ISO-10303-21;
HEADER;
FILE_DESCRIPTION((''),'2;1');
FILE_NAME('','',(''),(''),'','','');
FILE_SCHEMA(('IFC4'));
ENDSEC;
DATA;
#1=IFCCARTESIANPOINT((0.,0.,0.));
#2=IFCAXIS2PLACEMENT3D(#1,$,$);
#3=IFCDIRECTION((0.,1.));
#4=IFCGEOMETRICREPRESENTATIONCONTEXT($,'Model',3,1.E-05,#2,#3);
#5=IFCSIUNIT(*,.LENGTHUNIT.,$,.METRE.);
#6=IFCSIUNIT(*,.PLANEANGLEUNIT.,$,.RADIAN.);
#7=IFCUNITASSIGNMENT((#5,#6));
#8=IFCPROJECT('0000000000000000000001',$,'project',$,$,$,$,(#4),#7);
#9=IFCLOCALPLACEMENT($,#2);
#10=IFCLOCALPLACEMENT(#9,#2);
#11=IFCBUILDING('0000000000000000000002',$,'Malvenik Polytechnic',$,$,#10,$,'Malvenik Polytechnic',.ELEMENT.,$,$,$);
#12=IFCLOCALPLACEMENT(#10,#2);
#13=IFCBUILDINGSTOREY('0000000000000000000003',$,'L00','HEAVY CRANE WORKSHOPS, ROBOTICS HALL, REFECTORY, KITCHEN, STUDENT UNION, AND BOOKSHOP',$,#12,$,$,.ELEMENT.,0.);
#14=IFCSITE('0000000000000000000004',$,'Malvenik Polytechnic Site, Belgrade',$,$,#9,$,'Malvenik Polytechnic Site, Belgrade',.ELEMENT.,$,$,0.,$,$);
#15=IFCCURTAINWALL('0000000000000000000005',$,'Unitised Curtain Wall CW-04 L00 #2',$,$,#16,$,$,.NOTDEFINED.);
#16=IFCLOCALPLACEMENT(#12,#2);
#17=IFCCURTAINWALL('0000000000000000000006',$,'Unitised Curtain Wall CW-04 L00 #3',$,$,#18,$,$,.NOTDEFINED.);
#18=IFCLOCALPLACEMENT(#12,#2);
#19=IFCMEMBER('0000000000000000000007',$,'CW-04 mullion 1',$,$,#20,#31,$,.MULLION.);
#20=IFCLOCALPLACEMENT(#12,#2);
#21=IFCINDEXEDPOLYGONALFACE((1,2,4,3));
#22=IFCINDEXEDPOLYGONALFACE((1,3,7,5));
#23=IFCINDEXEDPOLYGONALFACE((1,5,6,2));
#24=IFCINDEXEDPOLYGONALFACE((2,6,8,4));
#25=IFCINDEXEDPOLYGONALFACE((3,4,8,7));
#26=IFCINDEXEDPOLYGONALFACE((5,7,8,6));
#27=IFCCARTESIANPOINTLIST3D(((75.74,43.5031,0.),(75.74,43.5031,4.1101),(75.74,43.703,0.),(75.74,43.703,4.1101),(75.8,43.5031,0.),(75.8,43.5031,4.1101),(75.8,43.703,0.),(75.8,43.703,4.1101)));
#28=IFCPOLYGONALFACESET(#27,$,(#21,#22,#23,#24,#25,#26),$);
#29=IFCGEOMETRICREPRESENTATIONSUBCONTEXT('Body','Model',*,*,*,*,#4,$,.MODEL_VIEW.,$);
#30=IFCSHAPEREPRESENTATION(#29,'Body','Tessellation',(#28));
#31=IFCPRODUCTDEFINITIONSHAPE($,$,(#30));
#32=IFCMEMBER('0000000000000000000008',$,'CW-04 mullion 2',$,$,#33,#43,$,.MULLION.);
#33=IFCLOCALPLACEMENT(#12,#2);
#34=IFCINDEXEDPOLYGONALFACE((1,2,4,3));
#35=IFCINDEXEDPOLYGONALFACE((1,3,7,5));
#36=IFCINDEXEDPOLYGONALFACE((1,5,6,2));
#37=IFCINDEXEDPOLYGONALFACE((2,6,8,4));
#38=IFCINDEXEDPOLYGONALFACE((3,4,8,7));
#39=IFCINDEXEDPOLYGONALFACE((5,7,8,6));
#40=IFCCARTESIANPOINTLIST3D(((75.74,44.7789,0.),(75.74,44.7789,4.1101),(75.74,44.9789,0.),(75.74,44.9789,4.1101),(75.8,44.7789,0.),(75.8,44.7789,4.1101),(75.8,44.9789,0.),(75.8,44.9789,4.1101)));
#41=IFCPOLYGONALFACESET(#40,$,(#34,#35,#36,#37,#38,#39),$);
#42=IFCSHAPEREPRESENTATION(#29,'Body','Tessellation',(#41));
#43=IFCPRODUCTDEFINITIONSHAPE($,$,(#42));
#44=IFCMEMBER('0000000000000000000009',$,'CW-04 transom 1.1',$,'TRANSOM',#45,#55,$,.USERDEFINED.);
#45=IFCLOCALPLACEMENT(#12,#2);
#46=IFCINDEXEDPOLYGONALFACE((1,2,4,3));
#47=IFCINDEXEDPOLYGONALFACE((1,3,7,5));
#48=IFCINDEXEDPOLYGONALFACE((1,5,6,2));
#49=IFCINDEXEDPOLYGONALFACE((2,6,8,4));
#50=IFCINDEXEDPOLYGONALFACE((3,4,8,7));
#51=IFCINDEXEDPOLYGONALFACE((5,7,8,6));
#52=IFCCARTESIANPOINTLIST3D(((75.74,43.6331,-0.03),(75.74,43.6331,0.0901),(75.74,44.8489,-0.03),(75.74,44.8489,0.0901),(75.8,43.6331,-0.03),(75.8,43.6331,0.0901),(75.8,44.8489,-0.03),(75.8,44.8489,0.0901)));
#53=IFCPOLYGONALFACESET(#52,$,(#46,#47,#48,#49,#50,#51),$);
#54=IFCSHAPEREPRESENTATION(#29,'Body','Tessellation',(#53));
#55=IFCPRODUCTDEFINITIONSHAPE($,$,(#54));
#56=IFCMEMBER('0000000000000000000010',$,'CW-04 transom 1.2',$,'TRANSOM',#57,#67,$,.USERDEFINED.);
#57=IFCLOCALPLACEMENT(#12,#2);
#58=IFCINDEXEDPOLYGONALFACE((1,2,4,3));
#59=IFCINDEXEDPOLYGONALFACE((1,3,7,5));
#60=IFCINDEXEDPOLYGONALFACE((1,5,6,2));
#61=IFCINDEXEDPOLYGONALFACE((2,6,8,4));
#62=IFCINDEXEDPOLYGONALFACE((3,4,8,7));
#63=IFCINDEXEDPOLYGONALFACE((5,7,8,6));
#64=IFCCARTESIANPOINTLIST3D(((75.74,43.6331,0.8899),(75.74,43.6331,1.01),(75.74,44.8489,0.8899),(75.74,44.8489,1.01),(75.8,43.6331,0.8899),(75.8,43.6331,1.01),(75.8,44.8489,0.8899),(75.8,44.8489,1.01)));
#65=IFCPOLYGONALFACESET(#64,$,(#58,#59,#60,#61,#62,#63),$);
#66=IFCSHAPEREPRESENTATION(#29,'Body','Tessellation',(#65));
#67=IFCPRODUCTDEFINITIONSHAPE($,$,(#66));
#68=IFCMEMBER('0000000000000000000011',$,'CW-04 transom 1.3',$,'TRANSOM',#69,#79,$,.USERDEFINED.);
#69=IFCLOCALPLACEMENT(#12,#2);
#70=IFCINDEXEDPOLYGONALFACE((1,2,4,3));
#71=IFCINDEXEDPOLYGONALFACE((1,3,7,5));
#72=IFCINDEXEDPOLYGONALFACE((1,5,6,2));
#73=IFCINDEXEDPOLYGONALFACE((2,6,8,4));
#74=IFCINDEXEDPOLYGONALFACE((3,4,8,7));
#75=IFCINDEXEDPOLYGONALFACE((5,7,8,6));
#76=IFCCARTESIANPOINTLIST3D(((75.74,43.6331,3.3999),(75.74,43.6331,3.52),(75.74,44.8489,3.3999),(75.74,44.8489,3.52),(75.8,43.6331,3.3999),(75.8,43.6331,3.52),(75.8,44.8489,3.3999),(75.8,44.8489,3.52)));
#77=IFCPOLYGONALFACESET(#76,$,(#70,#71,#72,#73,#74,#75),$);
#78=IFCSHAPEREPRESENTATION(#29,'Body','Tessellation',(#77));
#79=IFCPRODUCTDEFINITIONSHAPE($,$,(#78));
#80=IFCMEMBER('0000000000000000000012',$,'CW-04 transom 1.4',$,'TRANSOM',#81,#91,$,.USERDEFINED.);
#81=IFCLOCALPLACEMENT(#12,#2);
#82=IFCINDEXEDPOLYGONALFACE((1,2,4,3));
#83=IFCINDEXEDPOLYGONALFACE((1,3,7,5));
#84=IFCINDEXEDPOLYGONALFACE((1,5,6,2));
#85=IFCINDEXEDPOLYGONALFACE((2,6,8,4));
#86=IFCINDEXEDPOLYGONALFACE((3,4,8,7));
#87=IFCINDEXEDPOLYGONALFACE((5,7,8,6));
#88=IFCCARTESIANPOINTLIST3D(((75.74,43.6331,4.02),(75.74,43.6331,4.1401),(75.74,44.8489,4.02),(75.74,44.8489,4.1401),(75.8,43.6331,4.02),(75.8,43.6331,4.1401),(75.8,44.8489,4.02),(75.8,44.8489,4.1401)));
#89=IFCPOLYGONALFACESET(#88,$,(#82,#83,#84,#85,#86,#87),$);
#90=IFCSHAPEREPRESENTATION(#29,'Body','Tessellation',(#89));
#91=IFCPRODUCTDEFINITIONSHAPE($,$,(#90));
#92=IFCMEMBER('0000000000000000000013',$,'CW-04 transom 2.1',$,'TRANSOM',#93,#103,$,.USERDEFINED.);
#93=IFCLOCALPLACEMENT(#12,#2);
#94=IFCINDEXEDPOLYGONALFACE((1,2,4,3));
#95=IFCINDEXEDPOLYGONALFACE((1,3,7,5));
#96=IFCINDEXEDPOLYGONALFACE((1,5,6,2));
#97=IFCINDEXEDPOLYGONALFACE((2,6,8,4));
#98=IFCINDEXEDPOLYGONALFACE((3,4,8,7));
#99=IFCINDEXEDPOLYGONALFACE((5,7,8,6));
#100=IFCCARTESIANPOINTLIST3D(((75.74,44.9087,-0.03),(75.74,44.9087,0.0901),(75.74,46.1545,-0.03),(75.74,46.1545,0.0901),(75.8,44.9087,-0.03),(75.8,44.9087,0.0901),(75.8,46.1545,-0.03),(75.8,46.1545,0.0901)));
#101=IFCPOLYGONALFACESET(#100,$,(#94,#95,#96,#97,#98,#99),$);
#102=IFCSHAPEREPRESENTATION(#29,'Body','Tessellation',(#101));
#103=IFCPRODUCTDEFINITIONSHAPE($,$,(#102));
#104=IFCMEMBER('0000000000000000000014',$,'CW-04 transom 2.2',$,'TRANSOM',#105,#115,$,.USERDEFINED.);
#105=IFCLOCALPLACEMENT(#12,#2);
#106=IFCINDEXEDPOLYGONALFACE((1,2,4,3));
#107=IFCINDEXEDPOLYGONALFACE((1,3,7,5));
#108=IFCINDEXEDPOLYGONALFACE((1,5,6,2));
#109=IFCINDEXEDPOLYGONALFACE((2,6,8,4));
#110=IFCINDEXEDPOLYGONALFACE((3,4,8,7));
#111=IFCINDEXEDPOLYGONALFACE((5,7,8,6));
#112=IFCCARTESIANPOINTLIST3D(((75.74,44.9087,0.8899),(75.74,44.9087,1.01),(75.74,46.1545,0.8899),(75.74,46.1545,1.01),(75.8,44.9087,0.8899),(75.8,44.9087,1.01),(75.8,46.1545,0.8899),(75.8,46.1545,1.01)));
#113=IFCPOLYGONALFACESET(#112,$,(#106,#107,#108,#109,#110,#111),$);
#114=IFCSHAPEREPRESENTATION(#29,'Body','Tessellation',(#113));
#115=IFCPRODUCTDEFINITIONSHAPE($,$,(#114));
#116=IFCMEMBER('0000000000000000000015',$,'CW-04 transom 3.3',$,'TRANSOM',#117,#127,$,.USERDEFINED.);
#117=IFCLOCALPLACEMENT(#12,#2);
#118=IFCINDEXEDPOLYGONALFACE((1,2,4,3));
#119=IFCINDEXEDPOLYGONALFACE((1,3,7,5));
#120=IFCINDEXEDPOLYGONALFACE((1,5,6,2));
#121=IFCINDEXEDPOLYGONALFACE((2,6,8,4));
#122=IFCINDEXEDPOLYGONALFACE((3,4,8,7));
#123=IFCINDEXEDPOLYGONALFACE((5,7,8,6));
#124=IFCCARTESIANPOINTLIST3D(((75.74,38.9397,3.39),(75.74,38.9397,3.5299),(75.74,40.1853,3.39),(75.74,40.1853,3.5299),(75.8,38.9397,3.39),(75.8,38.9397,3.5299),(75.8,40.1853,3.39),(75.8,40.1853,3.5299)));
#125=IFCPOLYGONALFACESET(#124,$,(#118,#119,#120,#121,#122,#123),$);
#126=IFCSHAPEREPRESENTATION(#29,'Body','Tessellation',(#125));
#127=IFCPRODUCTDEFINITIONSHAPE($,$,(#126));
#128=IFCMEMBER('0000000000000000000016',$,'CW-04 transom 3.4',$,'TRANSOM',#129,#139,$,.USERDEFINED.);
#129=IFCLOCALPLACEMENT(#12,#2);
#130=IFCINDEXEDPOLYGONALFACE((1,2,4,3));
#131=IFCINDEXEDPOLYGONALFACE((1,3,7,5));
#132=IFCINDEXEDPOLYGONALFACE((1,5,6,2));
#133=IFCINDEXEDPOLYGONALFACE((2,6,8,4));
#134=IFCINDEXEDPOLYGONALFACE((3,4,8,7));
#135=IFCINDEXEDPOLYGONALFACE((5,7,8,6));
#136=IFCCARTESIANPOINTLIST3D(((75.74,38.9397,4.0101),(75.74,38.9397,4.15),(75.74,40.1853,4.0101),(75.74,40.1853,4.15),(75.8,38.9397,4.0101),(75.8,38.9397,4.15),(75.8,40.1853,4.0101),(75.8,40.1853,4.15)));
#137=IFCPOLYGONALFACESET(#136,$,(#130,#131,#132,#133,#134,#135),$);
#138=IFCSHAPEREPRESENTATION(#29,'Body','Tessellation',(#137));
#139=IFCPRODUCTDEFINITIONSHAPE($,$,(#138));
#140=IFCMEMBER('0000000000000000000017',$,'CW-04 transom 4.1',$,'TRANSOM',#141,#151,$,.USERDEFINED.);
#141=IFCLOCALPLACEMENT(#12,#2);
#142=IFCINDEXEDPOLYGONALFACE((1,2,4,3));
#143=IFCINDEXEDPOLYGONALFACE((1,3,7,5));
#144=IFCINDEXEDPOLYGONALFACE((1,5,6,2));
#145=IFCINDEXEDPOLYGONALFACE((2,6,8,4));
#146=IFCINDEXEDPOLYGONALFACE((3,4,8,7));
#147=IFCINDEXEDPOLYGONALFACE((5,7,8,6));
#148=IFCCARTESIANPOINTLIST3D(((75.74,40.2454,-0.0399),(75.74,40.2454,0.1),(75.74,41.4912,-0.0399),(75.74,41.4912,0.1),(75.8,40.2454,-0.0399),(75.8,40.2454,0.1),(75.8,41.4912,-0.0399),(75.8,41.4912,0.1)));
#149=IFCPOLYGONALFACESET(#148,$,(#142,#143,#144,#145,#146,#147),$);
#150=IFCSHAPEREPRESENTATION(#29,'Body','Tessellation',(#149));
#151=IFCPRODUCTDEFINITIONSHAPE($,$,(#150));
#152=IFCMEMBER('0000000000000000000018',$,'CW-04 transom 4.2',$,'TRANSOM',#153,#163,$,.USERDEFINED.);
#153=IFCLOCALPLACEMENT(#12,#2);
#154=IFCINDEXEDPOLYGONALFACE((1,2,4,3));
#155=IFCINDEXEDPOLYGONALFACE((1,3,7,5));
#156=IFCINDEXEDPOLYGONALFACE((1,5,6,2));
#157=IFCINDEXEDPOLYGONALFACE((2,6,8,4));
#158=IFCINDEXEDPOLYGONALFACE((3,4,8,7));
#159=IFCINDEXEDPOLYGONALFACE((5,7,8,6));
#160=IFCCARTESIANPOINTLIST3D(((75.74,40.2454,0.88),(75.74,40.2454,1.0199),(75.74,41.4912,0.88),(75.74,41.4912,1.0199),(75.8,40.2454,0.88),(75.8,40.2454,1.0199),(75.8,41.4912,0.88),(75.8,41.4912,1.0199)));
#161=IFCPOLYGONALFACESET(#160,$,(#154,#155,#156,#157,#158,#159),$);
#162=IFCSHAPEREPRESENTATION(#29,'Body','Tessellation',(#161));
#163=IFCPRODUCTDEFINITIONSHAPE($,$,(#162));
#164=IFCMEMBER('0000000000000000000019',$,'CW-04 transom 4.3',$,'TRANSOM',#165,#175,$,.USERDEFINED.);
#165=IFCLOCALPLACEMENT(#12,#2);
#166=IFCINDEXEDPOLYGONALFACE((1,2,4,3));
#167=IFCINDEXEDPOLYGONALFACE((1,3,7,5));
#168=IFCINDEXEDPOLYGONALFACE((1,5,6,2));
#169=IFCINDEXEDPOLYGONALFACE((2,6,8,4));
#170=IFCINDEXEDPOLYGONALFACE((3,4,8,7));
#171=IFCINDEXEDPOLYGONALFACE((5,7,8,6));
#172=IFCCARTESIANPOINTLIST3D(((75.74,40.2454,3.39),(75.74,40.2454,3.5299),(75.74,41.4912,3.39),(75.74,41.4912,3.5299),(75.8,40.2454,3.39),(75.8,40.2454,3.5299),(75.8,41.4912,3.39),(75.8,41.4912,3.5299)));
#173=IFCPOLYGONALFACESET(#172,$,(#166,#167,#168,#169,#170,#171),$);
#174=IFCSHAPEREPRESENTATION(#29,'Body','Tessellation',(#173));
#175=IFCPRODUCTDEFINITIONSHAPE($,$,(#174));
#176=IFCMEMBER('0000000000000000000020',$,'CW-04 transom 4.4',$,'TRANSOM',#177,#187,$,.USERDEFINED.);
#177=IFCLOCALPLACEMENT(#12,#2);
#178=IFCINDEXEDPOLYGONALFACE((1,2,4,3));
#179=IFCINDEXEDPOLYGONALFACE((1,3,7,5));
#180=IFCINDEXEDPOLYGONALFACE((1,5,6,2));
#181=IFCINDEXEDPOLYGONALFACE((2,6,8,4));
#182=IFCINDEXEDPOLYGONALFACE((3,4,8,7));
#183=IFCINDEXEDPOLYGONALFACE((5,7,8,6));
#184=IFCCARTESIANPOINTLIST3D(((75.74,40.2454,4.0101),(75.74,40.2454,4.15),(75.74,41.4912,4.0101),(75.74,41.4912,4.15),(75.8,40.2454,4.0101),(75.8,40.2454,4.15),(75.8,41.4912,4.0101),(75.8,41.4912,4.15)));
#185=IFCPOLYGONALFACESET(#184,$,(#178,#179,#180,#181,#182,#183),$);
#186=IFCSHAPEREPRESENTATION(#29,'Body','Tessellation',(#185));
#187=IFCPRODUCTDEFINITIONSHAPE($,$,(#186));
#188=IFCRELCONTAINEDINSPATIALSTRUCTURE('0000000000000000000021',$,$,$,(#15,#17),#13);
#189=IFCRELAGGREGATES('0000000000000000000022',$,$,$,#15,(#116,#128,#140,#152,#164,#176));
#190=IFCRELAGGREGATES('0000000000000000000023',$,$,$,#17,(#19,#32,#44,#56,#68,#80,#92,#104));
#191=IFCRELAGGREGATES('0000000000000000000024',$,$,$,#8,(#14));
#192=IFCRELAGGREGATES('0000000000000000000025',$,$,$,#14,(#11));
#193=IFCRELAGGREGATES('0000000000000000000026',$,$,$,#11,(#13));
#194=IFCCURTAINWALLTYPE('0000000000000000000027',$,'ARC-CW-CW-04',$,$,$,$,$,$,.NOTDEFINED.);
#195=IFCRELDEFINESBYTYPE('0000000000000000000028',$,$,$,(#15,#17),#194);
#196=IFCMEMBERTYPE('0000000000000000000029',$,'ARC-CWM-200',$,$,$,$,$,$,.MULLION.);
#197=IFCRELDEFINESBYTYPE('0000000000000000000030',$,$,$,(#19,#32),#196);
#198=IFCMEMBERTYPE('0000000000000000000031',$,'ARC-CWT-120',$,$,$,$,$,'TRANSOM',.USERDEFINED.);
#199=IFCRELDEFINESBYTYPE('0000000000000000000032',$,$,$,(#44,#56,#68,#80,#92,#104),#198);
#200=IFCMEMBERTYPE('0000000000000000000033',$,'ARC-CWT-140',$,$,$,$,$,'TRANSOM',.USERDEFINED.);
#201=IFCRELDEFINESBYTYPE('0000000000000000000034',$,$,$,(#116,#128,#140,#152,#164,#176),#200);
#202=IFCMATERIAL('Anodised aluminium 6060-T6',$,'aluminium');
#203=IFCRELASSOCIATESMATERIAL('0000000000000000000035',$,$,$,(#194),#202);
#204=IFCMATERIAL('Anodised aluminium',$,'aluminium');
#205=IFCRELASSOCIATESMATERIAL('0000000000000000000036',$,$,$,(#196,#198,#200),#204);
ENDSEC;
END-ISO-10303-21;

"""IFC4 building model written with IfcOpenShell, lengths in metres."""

from ifc_helpers import new_model, si_unit, direction, frame, origin, origin_2d, place, context, subcontext, project, spatial, rectangle, extrude, material, material_profile, profile_set, type_object, element, aggregate, save


model = new_model("IFC4")

# Units and contexts
model_context = context("Model", 3, precision=1e-05, world=origin(), true_north=direction((0.0, 1.0)))
body_context = subcontext(model_context, "Body", "Model", "MODEL_VIEW")
ifc_project = project(units=[si_unit("LENGTHUNIT", "METRE"), si_unit("PLANEANGLEUNIT", "RADIAN")], contexts=[model_context])

# Site, building, storey
site_placement = place(None, origin())
site = spatial("IfcSite", under=ifc_project, at=site_placement, Name="Malvenik Polytechnic Site, Belgrade", LongName="Malvenik Polytechnic Site, Belgrade", CompositionType="ELEMENT", RefElevation=0.0)
building_placement = place(site_placement, origin())
building = spatial("IfcBuilding", under=site, at=building_placement, Name="Malvenik Polytechnic", LongName="Malvenik Polytechnic", CompositionType="ELEMENT")
storey_placement = place(building_placement, origin())
storey = spatial("IfcBuildingStorey", under=building, at=storey_placement, Name="L00", Description="HEAVY CRANE WORKSHOPS, ROBOTICS HALL, REFECTORY, KITCHEN, STUDENT UNION, AND BOOKSHOP", CompositionType="ELEMENT", Elevation=0.0)

# Curtain walls, members
ifc_material_1 = material(Name="Anodised aluminium 6060-T6", Category="aluminium")
curtain_wall_type = type_object("IfcCurtainWallType", Name="ARC-CW-CW-04", PredefinedType="NOTDEFINED", material=ifc_material_1)
curtain_wall_1_placement = place(storey_placement, origin())
curtain_wall_1 = element("IfcCurtainWall", 1, at=curtain_wall_1_placement, inside=storey, type_object=curtain_wall_type, Name="Unitised Curtain Wall CW-04 L00 #2", PredefinedType="NOTDEFINED")
ifc_material_2 = material(Name="Anodised aluminium", Category="aluminium")
curtain_wall_2_placement = place(storey_placement, origin())
curtain_wall_2 = element("IfcCurtainWall", 2, at=curtain_wall_2_placement, inside=storey, type_object=curtain_wall_type, Name="Unitised Curtain Wall CW-04 L00 #3", PredefinedType="NOTDEFINED")
ifc_material_profile_1 = material_profile(ifc_material_2, rectangle(XDim=0.0601, YDim=0.2, at=origin_2d()), Name="ALU MULLION 60x200")
ifc_profile_set_1 = profile_set([ifc_material_profile_1], Name="Anodised aluminium")
member_type_1 = type_object("IfcMemberType", Name="ARC-CWM-200", PredefinedType="MULLION", material=ifc_profile_set_1)
member_1_placement = place(storey_placement, frame((75.77, 43.603, 0.0), z_axis=(0.0, 0.0, 1.0), x_axis=(-1.0, 0.0, 0.0)))
member_1 = element("IfcMember", 3, at=member_1_placement, type_object=member_type_1, Name="CW-04 mullion 1", PredefinedType="MULLION", context=body_context, shape_type="SweptSolid", body=[
    extrude(rectangle(XDim=0.0601, YDim=0.2, at=origin_2d()), origin(), (0.0, 0.0, 1.0), 4.1101),
])
member_2_placement = place(storey_placement, frame((75.77, 44.8789, 0.0), z_axis=(0.0, 0.0, 1.0), x_axis=(-1.0, 0.0, 0.0)))
member_2 = element("IfcMember", 4, at=member_2_placement, type_object=member_type_1, Name="CW-04 mullion 2", PredefinedType="MULLION", context=body_context, shape_type="SweptSolid", body=[
    extrude(rectangle(XDim=0.0601, YDim=0.2, at=origin_2d()), origin(), (0.0, 0.0, 1.0), 4.1101),
])
ifc_material_profile_2 = material_profile(ifc_material_2, rectangle(XDim=0.0601, YDim=0.1201, at=origin_2d()), Name="ALU TRANSOM 60x120")
ifc_profile_set_2 = profile_set([ifc_material_profile_2], Name="Anodised aluminium")
member_type_2 = type_object("IfcMemberType", Name="ARC-CWT-120", ElementType="TRANSOM", PredefinedType="USERDEFINED", material=ifc_profile_set_2)
member_3_placement = place(storey_placement, frame((75.77, 43.6331, 0.03), z_axis=(0.0, 1.0, 0.0), x_axis=(-1.0, 0.0, 0.0)))
member_3 = element("IfcMember", 5, at=member_3_placement, type_object=member_type_2, Name="CW-04 transom 1.1", ObjectType="TRANSOM", PredefinedType="USERDEFINED", context=body_context, shape_type="SweptSolid", body=[
    extrude(rectangle(XDim=0.0601, YDim=0.1201, at=origin_2d()), origin(), (0.0, 0.0, 1.0), 1.2158),
])
member_4_placement = place(storey_placement, frame((75.77, 43.6331, 0.95), z_axis=(0.0, 1.0, 0.0), x_axis=(-1.0, 0.0, 0.0)))
member_4 = element("IfcMember", 6, at=member_4_placement, type_object=member_type_2, Name="CW-04 transom 1.2", ObjectType="TRANSOM", PredefinedType="USERDEFINED", context=body_context, shape_type="SweptSolid", body=[
    extrude(rectangle(XDim=0.0601, YDim=0.1201, at=origin_2d()), origin(), (0.0, 0.0, 1.0), 1.2158),
])
member_5_placement = place(storey_placement, frame((75.77, 43.6331, 3.46), z_axis=(0.0, 1.0, 0.0), x_axis=(-1.0, 0.0, 0.0)))
member_5 = element("IfcMember", 7, at=member_5_placement, type_object=member_type_2, Name="CW-04 transom 1.3", ObjectType="TRANSOM", PredefinedType="USERDEFINED", context=body_context, shape_type="SweptSolid", body=[
    extrude(rectangle(XDim=0.0601, YDim=0.1201, at=origin_2d()), origin(), (0.0, 0.0, 1.0), 1.2158),
])
member_6_placement = place(storey_placement, frame((75.77, 43.6331, 4.0801), z_axis=(0.0, 1.0, 0.0), x_axis=(-1.0, 0.0, 0.0)))
member_6 = element("IfcMember", 8, at=member_6_placement, type_object=member_type_2, Name="CW-04 transom 1.4", ObjectType="TRANSOM", PredefinedType="USERDEFINED", context=body_context, shape_type="SweptSolid", body=[
    extrude(rectangle(XDim=0.0601, YDim=0.1201, at=origin_2d()), origin(), (0.0, 0.0, 1.0), 1.2158),
])
member_7_placement = place(storey_placement, frame((75.77, 44.9087, 0.03), z_axis=(0.0, 1.0, 0.0), x_axis=(-1.0, 0.0, 0.0)))
member_7 = element("IfcMember", 9, at=member_7_placement, type_object=member_type_2, Name="CW-04 transom 2.1", ObjectType="TRANSOM", PredefinedType="USERDEFINED", context=body_context, shape_type="SweptSolid", body=[
    extrude(rectangle(XDim=0.0601, YDim=0.1201, at=origin_2d()), origin(), (0.0, 0.0, 1.0), 1.2458),
])
member_8_placement = place(storey_placement, frame((75.77, 44.9087, 0.95), z_axis=(0.0, 1.0, 0.0), x_axis=(-1.0, 0.0, 0.0)))
member_8 = element("IfcMember", 10, at=member_8_placement, type_object=member_type_2, Name="CW-04 transom 2.2", ObjectType="TRANSOM", PredefinedType="USERDEFINED", context=body_context, shape_type="SweptSolid", body=[
    extrude(rectangle(XDim=0.0601, YDim=0.1201, at=origin_2d()), origin(), (0.0, 0.0, 1.0), 1.2458),
])

# Members
ifc_material_profile_3 = material_profile(ifc_material_2, rectangle(XDim=0.0601, YDim=0.1399, at=origin_2d()), Name="ALU TRANSOM 60x140")
ifc_profile_set_3 = profile_set([ifc_material_profile_3], Name="Anodised aluminium")
member_type_3 = type_object("IfcMemberType", Name="ARC-CWT-140", ElementType="TRANSOM", PredefinedType="USERDEFINED", material=ifc_profile_set_3)
member_9_placement = place(storey_placement, frame((75.77, 38.9397, 3.46), z_axis=(0.0, 1.0, 0.0), x_axis=(-1.0, 0.0, 0.0)))
member_9 = element("IfcMember", 11, at=member_9_placement, type_object=member_type_3, Name="CW-04 transom 3.3", ObjectType="TRANSOM", PredefinedType="USERDEFINED", context=body_context, shape_type="SweptSolid", body=[
    extrude(rectangle(XDim=0.0601, YDim=0.1399, at=origin_2d()), origin(), (0.0, 0.0, 1.0), 1.2456),
])
member_10_placement = place(storey_placement, frame((75.77, 38.9397, 4.0801), z_axis=(0.0, 1.0, 0.0), x_axis=(-1.0, 0.0, 0.0)))
member_10 = element("IfcMember", 12, at=member_10_placement, type_object=member_type_3, Name="CW-04 transom 3.4", ObjectType="TRANSOM", PredefinedType="USERDEFINED", context=body_context, shape_type="SweptSolid", body=[
    extrude(rectangle(XDim=0.0601, YDim=0.1399, at=origin_2d()), origin(), (0.0, 0.0, 1.0), 1.2456),
])
member_11_placement = place(storey_placement, frame((75.77, 40.2454, 0.03), z_axis=(0.0, 1.0, 0.0), x_axis=(-1.0, 0.0, 0.0)))
member_11 = element("IfcMember", 13, at=member_11_placement, type_object=member_type_3, Name="CW-04 transom 4.1", ObjectType="TRANSOM", PredefinedType="USERDEFINED", context=body_context, shape_type="SweptSolid", body=[
    extrude(rectangle(XDim=0.0601, YDim=0.1399, at=origin_2d()), origin(), (0.0, 0.0, 1.0), 1.2458),
])
member_12_placement = place(storey_placement, frame((75.77, 40.2454, 0.95), z_axis=(0.0, 1.0, 0.0), x_axis=(-1.0, 0.0, 0.0)))
member_12 = element("IfcMember", 14, at=member_12_placement, type_object=member_type_3, Name="CW-04 transom 4.2", ObjectType="TRANSOM", PredefinedType="USERDEFINED", context=body_context, shape_type="SweptSolid", body=[
    extrude(rectangle(XDim=0.0601, YDim=0.1399, at=origin_2d()), origin(), (0.0, 0.0, 1.0), 1.2458),
])
member_13_placement = place(storey_placement, frame((75.77, 40.2454, 3.46), z_axis=(0.0, 1.0, 0.0), x_axis=(-1.0, 0.0, 0.0)))
member_13 = element("IfcMember", 15, at=member_13_placement, type_object=member_type_3, Name="CW-04 transom 4.3", ObjectType="TRANSOM", PredefinedType="USERDEFINED", context=body_context, shape_type="SweptSolid", body=[
    extrude(rectangle(XDim=0.0601, YDim=0.1399, at=origin_2d()), origin(), (0.0, 0.0, 1.0), 1.2458),
])
member_14_placement = place(storey_placement, frame((75.77, 40.2454, 4.0801), z_axis=(0.0, 1.0, 0.0), x_axis=(-1.0, 0.0, 0.0)))
member_14 = element("IfcMember", 16, at=member_14_placement, type_object=member_type_3, Name="CW-04 transom 4.4", ObjectType="TRANSOM", PredefinedType="USERDEFINED", context=body_context, shape_type="SweptSolid", body=[
    extrude(rectangle(XDim=0.0601, YDim=0.1399, at=origin_2d()), origin(), (0.0, 0.0, 1.0), 1.2458),
])

aggregate(curtain_wall_1, [member_9, member_10, member_11, member_12, member_13, member_14])
aggregate(curtain_wall_2, [member_1, member_2, member_3, member_4, member_5, member_6, member_7, member_8])

save(model, "model.ifc")
